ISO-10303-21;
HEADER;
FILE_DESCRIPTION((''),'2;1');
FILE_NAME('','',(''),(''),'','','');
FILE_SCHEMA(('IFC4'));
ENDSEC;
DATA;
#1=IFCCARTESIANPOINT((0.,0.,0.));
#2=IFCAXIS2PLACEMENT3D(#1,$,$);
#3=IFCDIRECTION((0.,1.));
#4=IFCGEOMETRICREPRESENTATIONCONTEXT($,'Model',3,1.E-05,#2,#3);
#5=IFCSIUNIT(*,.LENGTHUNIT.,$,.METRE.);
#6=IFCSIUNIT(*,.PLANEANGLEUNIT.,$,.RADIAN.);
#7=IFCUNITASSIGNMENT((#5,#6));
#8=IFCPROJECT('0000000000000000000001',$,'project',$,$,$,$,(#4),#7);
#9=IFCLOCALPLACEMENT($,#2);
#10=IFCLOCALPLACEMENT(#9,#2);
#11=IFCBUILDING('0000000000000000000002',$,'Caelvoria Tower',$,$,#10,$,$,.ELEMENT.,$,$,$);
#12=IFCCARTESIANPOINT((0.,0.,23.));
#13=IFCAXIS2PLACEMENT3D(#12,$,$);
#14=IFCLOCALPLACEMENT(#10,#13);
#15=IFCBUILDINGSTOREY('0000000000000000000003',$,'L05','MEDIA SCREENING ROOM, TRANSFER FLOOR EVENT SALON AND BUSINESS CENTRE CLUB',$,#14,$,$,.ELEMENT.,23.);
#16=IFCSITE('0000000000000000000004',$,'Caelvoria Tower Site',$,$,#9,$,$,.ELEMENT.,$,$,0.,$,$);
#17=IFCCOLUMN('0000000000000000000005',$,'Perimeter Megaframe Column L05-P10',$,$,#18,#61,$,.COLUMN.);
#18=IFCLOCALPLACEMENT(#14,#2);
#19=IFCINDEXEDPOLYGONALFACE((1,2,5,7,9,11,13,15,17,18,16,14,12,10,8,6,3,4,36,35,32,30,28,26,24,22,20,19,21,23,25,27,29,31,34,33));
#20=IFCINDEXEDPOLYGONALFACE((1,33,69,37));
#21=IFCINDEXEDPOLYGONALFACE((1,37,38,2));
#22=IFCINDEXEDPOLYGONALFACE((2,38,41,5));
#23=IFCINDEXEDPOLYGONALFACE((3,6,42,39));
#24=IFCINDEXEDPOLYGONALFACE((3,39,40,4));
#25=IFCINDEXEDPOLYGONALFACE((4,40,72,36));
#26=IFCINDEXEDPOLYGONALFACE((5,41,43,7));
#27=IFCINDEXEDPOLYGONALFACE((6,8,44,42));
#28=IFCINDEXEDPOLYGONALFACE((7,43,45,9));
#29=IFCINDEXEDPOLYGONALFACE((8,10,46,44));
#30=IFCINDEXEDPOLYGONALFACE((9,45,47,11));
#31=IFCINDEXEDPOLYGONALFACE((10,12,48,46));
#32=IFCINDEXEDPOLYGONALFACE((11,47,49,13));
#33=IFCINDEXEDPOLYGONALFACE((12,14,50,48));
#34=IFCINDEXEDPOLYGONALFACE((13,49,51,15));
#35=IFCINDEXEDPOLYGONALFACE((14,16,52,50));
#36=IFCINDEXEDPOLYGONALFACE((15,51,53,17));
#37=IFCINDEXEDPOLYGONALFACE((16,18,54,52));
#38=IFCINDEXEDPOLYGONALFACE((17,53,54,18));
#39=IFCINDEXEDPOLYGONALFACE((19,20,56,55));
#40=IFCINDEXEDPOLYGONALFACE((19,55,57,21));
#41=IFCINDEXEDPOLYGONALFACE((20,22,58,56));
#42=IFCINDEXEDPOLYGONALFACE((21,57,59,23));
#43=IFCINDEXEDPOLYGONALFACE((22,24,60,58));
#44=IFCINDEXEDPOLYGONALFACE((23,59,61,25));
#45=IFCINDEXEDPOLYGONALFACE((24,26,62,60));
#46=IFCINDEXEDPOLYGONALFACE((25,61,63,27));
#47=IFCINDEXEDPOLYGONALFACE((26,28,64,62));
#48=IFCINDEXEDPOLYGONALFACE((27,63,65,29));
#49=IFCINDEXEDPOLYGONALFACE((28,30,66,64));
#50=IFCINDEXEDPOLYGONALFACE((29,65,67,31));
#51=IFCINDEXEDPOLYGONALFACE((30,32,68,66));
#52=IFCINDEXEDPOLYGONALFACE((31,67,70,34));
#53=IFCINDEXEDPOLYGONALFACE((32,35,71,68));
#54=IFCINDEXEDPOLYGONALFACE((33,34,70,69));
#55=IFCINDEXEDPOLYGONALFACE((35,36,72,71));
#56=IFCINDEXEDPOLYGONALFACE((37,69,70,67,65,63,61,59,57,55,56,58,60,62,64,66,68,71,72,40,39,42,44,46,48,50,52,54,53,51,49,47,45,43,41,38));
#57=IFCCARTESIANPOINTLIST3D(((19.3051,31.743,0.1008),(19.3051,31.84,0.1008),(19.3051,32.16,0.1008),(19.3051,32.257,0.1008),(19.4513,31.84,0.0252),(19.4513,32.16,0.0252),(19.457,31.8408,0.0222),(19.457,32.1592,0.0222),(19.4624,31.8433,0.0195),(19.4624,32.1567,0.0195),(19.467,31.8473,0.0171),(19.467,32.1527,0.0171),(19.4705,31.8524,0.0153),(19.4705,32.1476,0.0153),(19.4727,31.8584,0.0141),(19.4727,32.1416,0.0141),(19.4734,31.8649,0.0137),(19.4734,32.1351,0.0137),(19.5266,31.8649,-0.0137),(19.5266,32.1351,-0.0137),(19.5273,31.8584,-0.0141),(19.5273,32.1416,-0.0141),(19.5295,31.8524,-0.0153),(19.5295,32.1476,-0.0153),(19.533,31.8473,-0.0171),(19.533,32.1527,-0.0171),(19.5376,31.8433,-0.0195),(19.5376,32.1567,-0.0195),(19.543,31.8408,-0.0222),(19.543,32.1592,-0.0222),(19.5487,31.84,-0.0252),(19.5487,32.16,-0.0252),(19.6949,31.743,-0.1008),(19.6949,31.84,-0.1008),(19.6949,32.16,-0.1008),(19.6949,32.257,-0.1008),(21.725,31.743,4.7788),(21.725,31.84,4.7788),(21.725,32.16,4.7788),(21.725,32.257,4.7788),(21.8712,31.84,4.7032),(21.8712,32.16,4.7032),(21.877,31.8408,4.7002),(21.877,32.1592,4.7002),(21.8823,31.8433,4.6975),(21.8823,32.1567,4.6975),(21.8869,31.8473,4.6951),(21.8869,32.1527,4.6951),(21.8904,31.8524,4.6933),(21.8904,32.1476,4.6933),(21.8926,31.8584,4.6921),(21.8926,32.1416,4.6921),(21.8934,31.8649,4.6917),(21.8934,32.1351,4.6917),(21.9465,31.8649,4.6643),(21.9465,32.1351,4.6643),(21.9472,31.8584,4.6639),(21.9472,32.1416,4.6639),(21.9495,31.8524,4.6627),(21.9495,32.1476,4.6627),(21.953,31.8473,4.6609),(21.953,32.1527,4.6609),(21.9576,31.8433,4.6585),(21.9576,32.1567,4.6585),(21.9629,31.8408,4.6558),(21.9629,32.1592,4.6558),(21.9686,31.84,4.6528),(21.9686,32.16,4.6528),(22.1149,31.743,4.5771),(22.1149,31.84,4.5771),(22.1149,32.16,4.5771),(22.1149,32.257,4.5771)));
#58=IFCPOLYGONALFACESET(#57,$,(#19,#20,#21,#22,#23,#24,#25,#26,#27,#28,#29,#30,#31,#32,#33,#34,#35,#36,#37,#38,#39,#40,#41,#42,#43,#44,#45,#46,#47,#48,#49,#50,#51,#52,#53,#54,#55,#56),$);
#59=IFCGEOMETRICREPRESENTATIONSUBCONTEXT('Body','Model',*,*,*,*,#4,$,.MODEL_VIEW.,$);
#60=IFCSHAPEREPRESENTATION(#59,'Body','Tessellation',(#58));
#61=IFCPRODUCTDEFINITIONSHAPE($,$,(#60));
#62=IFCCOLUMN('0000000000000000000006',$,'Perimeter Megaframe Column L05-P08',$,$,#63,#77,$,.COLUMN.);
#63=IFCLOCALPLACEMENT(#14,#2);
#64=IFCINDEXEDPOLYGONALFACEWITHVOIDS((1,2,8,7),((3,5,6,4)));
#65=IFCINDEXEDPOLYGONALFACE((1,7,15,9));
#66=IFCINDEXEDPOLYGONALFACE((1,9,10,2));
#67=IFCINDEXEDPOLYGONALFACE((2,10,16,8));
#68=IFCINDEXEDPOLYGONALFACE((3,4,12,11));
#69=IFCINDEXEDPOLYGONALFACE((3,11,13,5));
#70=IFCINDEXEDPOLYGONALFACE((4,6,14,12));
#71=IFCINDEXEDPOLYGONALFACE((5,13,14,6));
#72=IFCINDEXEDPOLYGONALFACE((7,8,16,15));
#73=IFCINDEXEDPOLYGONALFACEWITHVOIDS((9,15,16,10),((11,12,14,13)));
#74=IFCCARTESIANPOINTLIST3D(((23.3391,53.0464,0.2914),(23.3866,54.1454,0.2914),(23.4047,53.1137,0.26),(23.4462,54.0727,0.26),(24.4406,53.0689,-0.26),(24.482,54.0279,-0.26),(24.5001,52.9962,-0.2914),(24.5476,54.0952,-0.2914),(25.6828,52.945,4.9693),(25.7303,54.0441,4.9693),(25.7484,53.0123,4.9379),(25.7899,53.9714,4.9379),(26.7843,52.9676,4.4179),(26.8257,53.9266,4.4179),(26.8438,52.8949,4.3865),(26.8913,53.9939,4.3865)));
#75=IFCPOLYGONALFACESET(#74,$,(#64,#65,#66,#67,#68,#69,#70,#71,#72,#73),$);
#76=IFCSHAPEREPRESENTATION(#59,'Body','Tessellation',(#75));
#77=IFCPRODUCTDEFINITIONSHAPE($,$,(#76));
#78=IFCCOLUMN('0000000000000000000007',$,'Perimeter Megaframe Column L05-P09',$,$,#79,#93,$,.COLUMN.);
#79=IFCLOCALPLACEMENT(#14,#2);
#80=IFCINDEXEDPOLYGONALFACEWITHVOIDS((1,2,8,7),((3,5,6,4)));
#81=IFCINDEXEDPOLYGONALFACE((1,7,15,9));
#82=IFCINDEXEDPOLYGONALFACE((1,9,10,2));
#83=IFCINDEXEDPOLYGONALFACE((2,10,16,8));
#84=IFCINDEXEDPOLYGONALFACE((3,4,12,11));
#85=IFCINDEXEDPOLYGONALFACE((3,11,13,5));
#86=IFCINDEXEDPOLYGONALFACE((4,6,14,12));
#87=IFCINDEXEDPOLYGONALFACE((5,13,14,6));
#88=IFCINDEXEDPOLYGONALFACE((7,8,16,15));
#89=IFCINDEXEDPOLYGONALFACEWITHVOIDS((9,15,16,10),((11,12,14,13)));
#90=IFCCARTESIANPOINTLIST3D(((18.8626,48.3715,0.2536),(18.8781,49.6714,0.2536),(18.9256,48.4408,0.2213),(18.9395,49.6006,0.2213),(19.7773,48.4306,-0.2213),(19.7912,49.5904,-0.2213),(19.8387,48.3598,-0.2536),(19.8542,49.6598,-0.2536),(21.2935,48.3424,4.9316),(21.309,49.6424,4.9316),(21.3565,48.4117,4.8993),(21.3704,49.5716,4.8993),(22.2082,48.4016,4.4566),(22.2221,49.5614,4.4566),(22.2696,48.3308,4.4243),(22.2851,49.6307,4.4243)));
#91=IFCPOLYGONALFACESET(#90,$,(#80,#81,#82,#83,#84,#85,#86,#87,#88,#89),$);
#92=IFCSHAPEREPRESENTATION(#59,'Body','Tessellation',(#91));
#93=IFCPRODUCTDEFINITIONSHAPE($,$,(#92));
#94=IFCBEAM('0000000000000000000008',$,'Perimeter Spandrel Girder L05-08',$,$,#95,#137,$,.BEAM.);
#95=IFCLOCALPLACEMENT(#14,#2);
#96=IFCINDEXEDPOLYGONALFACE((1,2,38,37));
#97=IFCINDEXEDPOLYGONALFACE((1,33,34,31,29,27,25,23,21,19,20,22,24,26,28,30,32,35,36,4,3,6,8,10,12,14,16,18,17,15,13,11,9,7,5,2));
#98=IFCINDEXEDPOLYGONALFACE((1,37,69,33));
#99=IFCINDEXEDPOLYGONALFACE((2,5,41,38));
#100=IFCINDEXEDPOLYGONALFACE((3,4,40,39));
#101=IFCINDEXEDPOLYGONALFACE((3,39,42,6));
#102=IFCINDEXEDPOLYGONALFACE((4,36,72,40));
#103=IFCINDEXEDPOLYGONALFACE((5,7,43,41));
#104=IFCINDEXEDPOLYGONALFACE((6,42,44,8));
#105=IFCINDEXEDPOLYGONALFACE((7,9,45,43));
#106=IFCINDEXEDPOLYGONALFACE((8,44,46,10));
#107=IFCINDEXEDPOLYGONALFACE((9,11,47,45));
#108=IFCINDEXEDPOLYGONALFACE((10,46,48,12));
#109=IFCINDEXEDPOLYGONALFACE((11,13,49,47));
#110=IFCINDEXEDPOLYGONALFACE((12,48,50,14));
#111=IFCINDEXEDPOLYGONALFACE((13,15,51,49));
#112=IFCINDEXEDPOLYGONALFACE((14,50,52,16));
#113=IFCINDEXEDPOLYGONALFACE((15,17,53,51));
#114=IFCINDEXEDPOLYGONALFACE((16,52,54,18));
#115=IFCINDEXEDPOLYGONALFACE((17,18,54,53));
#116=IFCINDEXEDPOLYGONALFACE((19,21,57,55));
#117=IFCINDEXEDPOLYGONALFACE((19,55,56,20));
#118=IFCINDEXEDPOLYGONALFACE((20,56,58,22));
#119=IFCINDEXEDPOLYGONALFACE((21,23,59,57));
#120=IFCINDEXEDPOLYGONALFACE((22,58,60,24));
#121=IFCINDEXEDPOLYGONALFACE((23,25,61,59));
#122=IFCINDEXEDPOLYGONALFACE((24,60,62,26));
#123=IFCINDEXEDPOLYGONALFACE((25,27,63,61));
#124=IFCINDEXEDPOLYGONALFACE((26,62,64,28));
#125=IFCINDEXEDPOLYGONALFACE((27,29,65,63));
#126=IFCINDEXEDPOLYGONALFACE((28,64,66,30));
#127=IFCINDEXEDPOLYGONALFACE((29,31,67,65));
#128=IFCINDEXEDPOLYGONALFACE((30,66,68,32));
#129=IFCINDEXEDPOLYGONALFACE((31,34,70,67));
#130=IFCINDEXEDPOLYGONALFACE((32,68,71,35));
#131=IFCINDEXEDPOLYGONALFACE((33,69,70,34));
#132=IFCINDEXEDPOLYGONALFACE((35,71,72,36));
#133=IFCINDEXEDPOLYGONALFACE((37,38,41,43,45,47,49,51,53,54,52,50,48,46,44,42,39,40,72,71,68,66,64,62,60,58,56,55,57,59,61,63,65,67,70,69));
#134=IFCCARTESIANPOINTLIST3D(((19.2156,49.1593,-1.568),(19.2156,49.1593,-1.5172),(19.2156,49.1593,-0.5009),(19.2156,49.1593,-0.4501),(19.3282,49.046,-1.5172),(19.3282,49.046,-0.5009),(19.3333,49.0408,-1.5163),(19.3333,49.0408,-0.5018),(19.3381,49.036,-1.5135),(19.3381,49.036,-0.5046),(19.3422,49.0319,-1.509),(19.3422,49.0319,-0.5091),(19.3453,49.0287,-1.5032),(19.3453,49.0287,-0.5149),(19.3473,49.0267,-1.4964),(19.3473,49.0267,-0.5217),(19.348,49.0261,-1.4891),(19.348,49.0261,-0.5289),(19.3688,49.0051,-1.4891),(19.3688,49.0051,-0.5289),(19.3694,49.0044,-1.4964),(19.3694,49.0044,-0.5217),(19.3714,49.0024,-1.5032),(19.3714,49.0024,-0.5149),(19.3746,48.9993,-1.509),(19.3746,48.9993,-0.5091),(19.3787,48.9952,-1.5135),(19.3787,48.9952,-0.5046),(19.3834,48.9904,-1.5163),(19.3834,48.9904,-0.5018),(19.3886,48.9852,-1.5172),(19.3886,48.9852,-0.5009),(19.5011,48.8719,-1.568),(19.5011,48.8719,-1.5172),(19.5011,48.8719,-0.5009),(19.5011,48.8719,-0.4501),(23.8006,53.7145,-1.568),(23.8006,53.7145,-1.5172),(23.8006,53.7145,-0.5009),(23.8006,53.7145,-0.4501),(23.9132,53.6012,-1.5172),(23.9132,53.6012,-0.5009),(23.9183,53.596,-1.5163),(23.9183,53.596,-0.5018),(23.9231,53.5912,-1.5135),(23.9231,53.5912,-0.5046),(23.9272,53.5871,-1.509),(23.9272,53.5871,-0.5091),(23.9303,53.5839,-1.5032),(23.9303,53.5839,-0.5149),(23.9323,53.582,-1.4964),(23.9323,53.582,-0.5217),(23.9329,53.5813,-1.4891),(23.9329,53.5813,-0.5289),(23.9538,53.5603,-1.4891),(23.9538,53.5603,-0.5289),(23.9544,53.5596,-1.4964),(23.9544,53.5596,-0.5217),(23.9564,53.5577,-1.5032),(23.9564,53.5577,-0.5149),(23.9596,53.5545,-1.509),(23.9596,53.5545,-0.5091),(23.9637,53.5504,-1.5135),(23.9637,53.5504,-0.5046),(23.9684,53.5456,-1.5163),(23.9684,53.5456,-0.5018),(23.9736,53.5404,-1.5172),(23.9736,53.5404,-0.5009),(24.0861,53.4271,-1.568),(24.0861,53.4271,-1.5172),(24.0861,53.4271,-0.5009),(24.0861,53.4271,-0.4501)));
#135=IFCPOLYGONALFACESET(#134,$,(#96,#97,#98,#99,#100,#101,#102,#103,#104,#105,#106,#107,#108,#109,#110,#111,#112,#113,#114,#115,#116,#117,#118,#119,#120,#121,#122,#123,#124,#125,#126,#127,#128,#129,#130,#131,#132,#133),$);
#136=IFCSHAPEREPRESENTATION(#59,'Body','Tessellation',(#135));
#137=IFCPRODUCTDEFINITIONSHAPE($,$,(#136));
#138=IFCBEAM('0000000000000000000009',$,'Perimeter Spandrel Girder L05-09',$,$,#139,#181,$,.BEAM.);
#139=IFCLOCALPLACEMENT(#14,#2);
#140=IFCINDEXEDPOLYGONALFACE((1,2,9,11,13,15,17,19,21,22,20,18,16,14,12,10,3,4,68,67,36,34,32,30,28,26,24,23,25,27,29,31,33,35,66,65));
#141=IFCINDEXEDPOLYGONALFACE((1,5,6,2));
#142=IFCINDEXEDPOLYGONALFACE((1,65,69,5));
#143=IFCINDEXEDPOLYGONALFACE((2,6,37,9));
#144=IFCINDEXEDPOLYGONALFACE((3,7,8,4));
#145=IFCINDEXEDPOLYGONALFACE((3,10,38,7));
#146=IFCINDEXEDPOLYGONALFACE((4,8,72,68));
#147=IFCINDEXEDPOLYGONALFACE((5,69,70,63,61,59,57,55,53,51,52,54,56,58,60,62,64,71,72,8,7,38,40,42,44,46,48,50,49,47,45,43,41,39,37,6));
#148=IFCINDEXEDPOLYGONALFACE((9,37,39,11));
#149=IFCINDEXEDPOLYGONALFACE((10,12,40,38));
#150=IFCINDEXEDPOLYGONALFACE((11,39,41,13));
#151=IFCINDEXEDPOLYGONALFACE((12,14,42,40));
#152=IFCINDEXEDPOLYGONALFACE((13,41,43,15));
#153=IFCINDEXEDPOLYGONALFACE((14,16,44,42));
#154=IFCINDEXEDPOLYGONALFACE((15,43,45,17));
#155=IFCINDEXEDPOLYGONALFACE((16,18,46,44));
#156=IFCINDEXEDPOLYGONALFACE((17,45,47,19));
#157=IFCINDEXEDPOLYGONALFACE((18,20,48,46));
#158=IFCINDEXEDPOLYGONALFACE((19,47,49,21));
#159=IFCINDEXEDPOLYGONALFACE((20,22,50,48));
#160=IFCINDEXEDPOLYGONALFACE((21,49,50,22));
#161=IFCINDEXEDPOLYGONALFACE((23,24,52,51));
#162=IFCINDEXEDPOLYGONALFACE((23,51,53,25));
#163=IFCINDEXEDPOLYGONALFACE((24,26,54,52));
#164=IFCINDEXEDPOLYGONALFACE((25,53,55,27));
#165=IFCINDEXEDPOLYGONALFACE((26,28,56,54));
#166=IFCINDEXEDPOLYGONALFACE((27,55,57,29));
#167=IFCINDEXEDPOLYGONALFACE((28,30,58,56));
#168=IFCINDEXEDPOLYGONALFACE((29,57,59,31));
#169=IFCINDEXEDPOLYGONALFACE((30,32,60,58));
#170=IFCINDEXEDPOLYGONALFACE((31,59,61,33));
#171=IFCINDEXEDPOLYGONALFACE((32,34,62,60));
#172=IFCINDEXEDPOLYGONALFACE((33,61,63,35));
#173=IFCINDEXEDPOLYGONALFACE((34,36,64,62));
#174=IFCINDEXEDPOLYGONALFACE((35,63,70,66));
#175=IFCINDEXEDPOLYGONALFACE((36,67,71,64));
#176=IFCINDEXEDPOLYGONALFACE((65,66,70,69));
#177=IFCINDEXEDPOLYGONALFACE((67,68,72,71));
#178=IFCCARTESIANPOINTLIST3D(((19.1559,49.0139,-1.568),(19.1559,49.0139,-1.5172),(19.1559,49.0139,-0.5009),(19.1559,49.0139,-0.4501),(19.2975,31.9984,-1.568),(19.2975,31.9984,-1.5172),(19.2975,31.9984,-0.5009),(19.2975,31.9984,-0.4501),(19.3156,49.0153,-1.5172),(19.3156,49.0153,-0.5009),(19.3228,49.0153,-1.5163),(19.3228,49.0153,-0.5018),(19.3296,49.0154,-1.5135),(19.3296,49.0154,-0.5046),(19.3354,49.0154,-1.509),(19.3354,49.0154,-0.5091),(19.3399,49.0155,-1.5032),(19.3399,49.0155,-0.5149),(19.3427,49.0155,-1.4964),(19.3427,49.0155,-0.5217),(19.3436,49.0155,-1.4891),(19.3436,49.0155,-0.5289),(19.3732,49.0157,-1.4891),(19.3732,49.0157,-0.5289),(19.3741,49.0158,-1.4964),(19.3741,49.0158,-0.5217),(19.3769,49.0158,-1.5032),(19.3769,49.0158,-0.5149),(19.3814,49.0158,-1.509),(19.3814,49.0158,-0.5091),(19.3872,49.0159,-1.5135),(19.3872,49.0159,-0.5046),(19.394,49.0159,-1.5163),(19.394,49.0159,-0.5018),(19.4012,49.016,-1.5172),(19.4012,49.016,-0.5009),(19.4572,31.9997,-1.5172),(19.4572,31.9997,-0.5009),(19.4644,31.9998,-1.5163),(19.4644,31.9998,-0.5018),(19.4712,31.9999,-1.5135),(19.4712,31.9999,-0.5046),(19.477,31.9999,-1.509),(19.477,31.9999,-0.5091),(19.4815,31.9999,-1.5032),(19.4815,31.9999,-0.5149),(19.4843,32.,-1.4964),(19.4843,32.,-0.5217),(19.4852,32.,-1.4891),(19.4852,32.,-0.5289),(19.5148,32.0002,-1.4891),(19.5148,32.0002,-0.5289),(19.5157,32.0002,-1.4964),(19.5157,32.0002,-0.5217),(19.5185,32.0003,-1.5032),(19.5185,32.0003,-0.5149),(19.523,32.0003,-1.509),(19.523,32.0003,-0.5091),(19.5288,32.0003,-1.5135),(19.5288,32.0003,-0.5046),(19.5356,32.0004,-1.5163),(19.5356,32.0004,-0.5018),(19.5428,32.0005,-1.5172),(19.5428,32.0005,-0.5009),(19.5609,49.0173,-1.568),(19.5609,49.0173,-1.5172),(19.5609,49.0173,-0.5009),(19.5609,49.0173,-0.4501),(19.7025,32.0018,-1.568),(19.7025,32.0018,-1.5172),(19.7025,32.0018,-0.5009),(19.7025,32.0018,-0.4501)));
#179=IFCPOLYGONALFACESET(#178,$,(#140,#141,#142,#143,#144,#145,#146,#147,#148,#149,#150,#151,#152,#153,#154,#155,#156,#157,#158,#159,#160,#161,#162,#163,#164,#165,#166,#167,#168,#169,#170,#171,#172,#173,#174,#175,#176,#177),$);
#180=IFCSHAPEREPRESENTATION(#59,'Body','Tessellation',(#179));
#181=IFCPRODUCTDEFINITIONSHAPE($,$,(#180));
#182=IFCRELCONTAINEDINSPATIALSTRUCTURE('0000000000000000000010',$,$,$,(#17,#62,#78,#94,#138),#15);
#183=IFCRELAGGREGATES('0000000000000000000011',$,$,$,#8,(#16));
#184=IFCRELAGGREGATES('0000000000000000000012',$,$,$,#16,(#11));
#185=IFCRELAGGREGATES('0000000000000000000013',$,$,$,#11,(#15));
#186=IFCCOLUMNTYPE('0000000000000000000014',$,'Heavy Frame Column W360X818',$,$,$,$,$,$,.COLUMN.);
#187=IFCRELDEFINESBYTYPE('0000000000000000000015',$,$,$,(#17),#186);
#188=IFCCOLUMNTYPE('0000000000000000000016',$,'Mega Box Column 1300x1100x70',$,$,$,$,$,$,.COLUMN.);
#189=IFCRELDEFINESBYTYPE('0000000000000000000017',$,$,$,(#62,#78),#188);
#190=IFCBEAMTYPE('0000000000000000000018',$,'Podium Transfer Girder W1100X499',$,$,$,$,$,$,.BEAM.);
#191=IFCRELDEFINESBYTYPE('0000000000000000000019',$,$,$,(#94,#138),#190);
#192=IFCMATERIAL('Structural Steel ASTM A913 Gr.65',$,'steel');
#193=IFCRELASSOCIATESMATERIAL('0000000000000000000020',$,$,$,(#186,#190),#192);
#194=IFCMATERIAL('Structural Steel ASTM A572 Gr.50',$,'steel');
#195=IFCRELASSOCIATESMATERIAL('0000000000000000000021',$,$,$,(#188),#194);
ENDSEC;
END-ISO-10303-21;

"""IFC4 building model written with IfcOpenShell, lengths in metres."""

from ifc_helpers import new_model, si_unit, direction, frame, origin, origin_2d, place, context, subcontext, project, spatial, hollow_rectangle, i_section, extrude, material, material_profile, profile_set, type_object, element, save


model = new_model("IFC4")

# Units and contexts
model_context = context("Model", 3, precision=1e-05, world=origin(), true_north=direction((0.0, 1.0)))
body_context = subcontext(model_context, "Body", "Model", "MODEL_VIEW")
ifc_project = project(units=[si_unit("LENGTHUNIT", "METRE"), si_unit("PLANEANGLEUNIT", "RADIAN")], contexts=[model_context])

# Site, building, storey
site_placement = place(None, origin())
site = spatial("IfcSite", under=ifc_project, at=site_placement, Name="Caelvoria Tower Site", CompositionType="ELEMENT", RefElevation=0.0)
building_placement = place(site_placement, origin())
building = spatial("IfcBuilding", under=site, at=building_placement, Name="Caelvoria Tower", CompositionType="ELEMENT")
storey_placement = place(building_placement, frame((0.0, 0.0, 23.0)))
storey = spatial("IfcBuildingStorey", under=building, at=storey_placement, Name="L05", Description="MEDIA SCREENING ROOM, TRANSFER FLOOR EVENT SALON AND BUSINESS CENTRE CLUB", CompositionType="ELEMENT", Elevation=23.0)

# Columns
ifc_material_1 = material(Name="Structural Steel ASTM A913 Gr.65", Category="steel")
ifc_material_profile_1 = material_profile(ifc_material_1, i_section(OverallWidth=0.439, OverallDepth=0.5139, WebThickness=0.0598, FlangeThickness=0.0969, FilletRadius=0.0249, at=origin_2d()), Name="Structural Steel ASTM A913 Gr.65")
ifc_profile_set_1 = profile_set([ifc_material_profile_1], Name="W360X818 - Structural Steel ASTM A913 Gr.65")
column_type_1 = type_object("IfcColumnType", Name="Heavy Frame Column W360X818", PredefinedType="COLUMN", material=ifc_profile_set_1)
column_1_placement = place(storey_placement, frame((19.5, 32.0, 0.0), z_axis=(0.459465, 0.0, 0.888196), x_axis=(-0.888196, 0.0, 0.459465)))
element("IfcColumn", 1, at=column_1_placement, inside=storey, type_object=column_type_1, Name="Perimeter Megaframe Column L05-P10", PredefinedType="COLUMN", context=body_context, shape_type="SweptSolid", body=[
    extrude(i_section(OverallWidth=0.439, OverallDepth=0.5139, WebThickness=0.0598, FlangeThickness=0.0969, FilletRadius=0.0249, at=origin_2d()), origin(), (0.0, 0.0, 1.0), 5.2668),
])
ifc_material_2 = material(Name="Structural Steel ASTM A572 Gr.50", Category="steel")
ifc_material_profile_2 = material_profile(ifc_material_2, hollow_rectangle(XDim=1.1001, YDim=1.3, WallThickness=0.0701, at=origin_2d()), Name="Structural Steel ASTM A572 Gr.50")
ifc_profile_set_2 = profile_set([ifc_material_profile_2], Name="BOX1300X1100X70 - Structural Steel ASTM A572 Gr.50")
column_type_2 = type_object("IfcColumnType", Name="Mega Box Column 1300x1100x70", PredefinedType="COLUMN", material=ifc_profile_set_2)
column_2_placement = place(storey_placement, frame((23.9434, 53.5708, 0.0), z_axis=(0.447857, -0.019361, 0.893895), x_axis=(0.043189, 0.999067, 0.0)))
element("IfcColumn", 2, at=column_2_placement, inside=storey, type_object=column_type_2, Name="Perimeter Megaframe Column L05-P08", PredefinedType="COLUMN", context=body_context, shape_type="SweptSolid", body=[
    extrude(hollow_rectangle(XDim=1.1001, YDim=1.3, WallThickness=0.0701, at=origin_2d()), origin(), (0.0, 0.0, 1.0), 5.2332),
])
column_3_placement = place(storey_placement, frame((19.3584, 49.0156, 0.0), z_axis=(0.461101, -0.005511, 0.887331), x_axis=(-0.887267, 0.010604, 0.461134)))
element("IfcColumn", 3, at=column_3_placement, inside=storey, type_object=column_type_2, Name="Perimeter Megaframe Column L05-P09", PredefinedType="COLUMN", context=body_context, shape_type="SweptSolid", body=[
    extrude(hollow_rectangle(XDim=1.1001, YDim=1.3, WallThickness=0.0701, at=origin_2d()), origin(), (0.0, 0.0, 1.0), 5.272),
])

# Beams
ifc_material_profile_3 = material_profile(ifc_material_1, i_section(OverallWidth=0.405, OverallDepth=1.1179, WebThickness=0.0295, FlangeThickness=0.0508, FilletRadius=0.0281, at=origin_2d()), Name="Structural Steel ASTM A913 Gr.65")
ifc_profile_set_3 = profile_set([ifc_material_profile_3], Name="W1100X499 - Structural Steel ASTM A913 Gr.65")
beam_type_1 = type_object("IfcBeamType", Name="Podium Transfer Girder W1100X499", PredefinedType="BEAM", material=ifc_profile_set_3)
beam_1_placement = place(storey_placement, frame((23.9434, 53.5708, -1.009), z_axis=(-0.709407, -0.704799, 0.0), x_axis=(0.704799, -0.709407, 0.0)))
element("IfcBeam", 4, at=beam_1_placement, inside=storey, type_object=beam_type_1, Name="Perimeter Spandrel Girder L05-08", PredefinedType="BEAM", context=body_context, shape_type="SweptSolid", body=[
    extrude(i_section(OverallWidth=0.405, OverallDepth=1.1179, WebThickness=0.0295, FlangeThickness=0.0508, FilletRadius=0.0281, at=origin_2d()), origin(), (0.0, 0.0, 1.0), 6.4631),
])
for number, where, z_axis, x_axis, name in (
    (5, (19.3584, 49.0156, -1.009), (0.008322, -0.999965, 0.0), (0.999965, 0.008322, 0.0), "Perimeter Spandrel Girder L05-09"),
):
    element("IfcBeam", number, at=place(storey_placement, frame(where, z_axis=z_axis, x_axis=x_axis)), inside=storey, type_object=beam_type_1, Name=name, PredefinedType="BEAM", context=body_context, shape_type="SweptSolid", body=[
        extrude(i_section(OverallWidth=0.405, OverallDepth=1.1179, WebThickness=0.0295, FlangeThickness=0.0508, FilletRadius=0.0281, at=origin_2d()), origin(), (0.0, 0.0, 1.0), 17.0161),
    ])

save(model, "model.ifc")
